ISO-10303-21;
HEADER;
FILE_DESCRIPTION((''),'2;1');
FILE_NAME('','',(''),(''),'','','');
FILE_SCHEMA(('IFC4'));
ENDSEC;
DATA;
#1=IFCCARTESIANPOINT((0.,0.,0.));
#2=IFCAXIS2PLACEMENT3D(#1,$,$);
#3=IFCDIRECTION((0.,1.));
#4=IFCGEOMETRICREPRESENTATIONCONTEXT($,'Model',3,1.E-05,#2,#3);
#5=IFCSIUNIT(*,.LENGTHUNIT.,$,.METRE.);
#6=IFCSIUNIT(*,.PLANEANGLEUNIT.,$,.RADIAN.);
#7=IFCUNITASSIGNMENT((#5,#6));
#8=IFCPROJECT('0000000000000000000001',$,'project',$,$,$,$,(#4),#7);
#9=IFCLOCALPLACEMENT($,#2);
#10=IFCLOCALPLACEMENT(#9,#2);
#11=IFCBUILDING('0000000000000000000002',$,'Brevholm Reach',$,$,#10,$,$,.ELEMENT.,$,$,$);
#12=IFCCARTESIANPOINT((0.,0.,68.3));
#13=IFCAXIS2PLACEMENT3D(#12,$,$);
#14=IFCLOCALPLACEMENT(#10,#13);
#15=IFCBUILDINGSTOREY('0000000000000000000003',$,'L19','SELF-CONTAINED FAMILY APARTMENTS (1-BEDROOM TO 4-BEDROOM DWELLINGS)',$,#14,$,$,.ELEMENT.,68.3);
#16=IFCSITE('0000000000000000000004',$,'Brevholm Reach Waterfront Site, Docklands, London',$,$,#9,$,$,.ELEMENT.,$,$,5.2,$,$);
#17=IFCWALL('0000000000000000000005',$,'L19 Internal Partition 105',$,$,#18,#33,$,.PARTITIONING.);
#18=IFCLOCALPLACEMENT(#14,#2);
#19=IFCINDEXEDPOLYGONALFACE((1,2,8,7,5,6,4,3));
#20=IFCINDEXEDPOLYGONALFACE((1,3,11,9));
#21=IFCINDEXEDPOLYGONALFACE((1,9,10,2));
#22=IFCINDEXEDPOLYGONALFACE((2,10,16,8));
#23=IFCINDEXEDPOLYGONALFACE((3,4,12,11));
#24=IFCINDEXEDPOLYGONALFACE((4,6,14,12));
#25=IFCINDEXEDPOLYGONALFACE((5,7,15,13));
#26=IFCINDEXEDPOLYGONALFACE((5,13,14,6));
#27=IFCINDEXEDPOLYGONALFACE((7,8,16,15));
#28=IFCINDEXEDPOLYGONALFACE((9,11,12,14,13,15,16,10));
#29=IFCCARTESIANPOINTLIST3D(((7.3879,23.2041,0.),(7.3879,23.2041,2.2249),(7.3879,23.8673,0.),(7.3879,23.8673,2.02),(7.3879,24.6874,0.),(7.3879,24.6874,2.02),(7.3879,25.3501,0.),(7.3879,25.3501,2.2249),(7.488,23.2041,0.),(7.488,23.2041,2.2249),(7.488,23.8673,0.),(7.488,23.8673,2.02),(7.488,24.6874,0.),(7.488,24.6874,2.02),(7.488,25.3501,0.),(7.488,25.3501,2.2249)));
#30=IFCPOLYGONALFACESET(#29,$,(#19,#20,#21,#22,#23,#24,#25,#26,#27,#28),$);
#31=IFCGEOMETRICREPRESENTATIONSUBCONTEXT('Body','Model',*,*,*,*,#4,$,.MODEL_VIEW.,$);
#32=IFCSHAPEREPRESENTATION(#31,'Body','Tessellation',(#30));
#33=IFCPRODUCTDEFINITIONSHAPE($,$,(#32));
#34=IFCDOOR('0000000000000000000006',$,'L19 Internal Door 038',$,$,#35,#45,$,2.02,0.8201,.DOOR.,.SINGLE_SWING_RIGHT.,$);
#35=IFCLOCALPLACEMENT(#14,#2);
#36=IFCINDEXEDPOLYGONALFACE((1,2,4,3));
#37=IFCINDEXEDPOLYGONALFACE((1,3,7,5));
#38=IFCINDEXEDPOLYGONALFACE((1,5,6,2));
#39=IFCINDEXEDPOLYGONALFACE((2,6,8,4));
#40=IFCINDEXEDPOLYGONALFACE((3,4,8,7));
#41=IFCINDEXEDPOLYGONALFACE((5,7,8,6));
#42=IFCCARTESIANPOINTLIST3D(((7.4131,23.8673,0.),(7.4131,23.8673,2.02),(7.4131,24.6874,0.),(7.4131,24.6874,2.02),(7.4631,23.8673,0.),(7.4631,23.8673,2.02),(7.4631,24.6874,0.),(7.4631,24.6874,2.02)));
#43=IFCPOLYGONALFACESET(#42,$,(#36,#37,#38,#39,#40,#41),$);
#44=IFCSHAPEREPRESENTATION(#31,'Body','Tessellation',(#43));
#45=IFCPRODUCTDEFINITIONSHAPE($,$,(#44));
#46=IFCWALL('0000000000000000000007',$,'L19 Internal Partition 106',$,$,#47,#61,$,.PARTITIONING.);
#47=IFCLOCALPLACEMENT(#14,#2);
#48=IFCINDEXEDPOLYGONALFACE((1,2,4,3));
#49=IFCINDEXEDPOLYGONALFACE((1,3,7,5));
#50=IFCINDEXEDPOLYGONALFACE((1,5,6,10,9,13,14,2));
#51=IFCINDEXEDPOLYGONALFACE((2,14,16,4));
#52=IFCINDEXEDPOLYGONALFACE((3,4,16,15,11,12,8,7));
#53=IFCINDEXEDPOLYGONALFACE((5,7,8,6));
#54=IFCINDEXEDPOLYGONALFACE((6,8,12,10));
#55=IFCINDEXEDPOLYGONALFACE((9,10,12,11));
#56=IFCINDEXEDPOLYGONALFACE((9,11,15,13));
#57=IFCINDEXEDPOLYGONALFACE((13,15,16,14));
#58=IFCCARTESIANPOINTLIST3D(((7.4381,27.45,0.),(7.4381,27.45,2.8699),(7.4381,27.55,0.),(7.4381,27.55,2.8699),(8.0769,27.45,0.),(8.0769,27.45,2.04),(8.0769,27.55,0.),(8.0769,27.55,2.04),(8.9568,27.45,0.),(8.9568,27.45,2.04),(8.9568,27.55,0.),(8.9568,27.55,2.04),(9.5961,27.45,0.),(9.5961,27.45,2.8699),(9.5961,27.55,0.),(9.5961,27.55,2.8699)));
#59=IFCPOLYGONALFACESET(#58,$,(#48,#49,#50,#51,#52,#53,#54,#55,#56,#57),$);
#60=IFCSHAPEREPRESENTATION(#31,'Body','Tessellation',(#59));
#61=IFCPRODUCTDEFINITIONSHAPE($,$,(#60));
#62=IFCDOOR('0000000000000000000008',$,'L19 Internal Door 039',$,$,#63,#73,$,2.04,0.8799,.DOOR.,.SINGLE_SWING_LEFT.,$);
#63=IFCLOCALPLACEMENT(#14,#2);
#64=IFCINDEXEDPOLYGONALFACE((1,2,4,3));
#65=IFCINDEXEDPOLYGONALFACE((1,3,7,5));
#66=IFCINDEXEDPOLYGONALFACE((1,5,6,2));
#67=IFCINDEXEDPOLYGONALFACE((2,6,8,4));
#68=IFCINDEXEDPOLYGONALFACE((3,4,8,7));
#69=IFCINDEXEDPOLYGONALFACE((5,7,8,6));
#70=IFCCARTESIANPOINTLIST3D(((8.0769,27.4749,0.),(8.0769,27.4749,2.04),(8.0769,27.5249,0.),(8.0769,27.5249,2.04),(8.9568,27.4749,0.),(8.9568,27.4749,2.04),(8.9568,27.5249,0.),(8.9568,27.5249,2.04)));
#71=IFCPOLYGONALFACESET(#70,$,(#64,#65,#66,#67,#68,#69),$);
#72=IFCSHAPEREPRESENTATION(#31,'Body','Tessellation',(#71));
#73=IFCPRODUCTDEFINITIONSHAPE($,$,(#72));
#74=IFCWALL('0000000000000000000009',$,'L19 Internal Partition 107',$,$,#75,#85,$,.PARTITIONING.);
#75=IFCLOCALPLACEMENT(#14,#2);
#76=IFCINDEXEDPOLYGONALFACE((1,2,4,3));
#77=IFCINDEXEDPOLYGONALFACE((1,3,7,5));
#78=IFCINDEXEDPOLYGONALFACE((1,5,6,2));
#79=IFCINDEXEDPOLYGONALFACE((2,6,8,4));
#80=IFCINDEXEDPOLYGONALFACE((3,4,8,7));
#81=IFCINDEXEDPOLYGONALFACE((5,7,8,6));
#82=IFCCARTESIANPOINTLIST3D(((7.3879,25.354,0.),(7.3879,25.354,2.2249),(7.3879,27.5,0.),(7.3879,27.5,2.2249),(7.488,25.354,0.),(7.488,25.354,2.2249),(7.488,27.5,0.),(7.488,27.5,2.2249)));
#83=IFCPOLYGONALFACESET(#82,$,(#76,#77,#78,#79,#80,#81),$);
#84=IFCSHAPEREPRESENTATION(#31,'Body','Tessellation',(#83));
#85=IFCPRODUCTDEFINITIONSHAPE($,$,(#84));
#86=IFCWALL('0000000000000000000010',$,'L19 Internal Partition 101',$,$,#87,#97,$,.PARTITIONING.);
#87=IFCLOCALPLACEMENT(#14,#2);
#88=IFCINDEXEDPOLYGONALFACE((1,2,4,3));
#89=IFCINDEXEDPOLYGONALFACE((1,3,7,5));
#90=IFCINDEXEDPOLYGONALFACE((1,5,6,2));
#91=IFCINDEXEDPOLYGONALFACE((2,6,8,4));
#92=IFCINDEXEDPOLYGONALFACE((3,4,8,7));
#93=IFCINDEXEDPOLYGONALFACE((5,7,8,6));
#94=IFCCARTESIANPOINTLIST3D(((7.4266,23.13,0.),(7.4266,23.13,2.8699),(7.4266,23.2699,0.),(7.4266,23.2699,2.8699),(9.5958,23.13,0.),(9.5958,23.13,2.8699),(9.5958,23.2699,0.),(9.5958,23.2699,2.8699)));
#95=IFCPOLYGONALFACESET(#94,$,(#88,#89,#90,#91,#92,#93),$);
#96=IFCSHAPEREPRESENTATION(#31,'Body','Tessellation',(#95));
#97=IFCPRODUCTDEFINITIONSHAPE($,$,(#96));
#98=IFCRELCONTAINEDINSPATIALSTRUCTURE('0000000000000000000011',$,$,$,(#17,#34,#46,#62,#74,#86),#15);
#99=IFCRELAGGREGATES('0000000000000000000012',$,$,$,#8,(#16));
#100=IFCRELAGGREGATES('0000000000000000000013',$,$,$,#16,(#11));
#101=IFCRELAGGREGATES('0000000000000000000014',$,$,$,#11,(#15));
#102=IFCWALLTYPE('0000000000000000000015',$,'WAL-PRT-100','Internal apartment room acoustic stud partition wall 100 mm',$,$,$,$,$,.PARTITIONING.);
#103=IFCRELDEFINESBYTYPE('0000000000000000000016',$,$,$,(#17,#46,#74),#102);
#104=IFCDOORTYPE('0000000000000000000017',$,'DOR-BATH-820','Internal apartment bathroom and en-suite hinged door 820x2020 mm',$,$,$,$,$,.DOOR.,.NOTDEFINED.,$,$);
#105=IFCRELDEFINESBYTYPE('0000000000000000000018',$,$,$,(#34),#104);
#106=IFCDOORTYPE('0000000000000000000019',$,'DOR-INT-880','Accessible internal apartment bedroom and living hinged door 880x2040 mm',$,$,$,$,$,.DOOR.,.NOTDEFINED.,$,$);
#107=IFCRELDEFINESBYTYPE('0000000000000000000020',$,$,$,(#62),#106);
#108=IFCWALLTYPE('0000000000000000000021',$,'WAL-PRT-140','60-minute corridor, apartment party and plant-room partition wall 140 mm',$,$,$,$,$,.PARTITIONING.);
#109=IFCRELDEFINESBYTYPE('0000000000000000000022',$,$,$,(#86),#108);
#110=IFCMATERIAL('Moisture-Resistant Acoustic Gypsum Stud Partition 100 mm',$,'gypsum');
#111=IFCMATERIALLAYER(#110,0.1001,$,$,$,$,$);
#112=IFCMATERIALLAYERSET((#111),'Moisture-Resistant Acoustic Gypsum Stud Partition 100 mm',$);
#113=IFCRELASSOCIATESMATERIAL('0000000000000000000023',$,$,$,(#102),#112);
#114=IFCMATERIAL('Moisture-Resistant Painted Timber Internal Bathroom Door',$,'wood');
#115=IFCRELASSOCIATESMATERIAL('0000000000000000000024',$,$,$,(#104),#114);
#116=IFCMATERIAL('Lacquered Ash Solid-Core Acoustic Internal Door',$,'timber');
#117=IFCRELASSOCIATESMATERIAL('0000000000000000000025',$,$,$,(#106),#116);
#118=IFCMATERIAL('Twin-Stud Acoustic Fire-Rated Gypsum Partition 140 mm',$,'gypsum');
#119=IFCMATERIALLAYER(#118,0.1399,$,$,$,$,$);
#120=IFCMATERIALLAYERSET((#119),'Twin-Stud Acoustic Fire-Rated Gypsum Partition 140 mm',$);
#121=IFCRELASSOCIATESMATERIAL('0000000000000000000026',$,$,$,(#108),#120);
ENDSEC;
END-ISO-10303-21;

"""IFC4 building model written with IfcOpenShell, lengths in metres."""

from ifc_helpers import new_model, si_unit, direction, frame, frame_2d, origin, place, context, subcontext, project, spatial, rectangle, extrude, material, layer, layer_set, type_object, element, fill, save


model = new_model("IFC4")

# Units and contexts
model_context = context("Model", 3, precision=1e-05, world=origin(), true_north=direction((0.0, 1.0)))
body_context = subcontext(model_context, "Body", "Model", "MODEL_VIEW")
ifc_project = project(units=[si_unit("LENGTHUNIT", "METRE"), si_unit("PLANEANGLEUNIT", "RADIAN")], contexts=[model_context])

# Site, building, storey
site_placement = place(None, origin())
site = spatial("IfcSite", under=ifc_project, at=site_placement, Name="Brevholm Reach Waterfront Site, Docklands, London", CompositionType="ELEMENT", RefElevation=5.2)
building_placement = place(site_placement, origin())
building = spatial("IfcBuilding", under=site, at=building_placement, Name="Brevholm Reach", CompositionType="ELEMENT")
storey_placement = place(building_placement, frame((0.0, 0.0, 68.3)))
storey = spatial("IfcBuildingStorey", under=building, at=storey_placement, Name="L19", Description="SELF-CONTAINED FAMILY APARTMENTS (1-BEDROOM TO 4-BEDROOM DWELLINGS)", CompositionType="ELEMENT", Elevation=68.3)

# Shared definitions
ifc_material_1 = material(Name="Moisture-Resistant Acoustic Gypsum Stud Partition 100 mm", Category="gypsum")
ifc_layer_1 = layer(ifc_material_1, 0.1001)
ifc_layer_set_1 = layer_set([ifc_layer_1], Name="Moisture-Resistant Acoustic Gypsum Stud Partition 100 mm")
wall_type_1 = type_object("IfcWallType", Name="WAL-PRT-100", Description="Internal apartment room acoustic stud partition wall 100 mm", PredefinedType="PARTITIONING", material=ifc_layer_set_1)

# Walls, openings, doors
wall_1_placement = place(storey_placement, frame((7.438, 23.2041, 0.0), z_axis=(0.0, 0.0, 1.0), x_axis=(0.0, 1.0, 0.0)))
wall_1 = element("IfcWall", 1, at=wall_1_placement, inside=storey, type_object=wall_type_1, Name="L19 Internal Partition 105", PredefinedType="PARTITIONING", context=body_context, shape_type="SweptSolid", body=[
    extrude(rectangle(XDim=2.146, YDim=0.1001, at=frame_2d((1.073, 0.0))), origin(), (0.0, 0.0, 1.0), 2.2249),
])
opening_1_placement = place(wall_1_placement, frame((0.6631, 0.0, 0.0)))
opening_1 = element("IfcOpeningElement", 2, at=opening_1_placement, cuts=wall_1, PredefinedType="OPENING", context=body_context, shape_type="SweptSolid", body=[
    extrude(rectangle(XDim=0.8201, YDim=2.02, at=frame_2d((0.4102, 1.01))), frame((0.0, 0.0601, 0.0), z_axis=(0.0, -1.0, 0.0), x_axis=(1.0, 0.0, 0.0)), (0.0, 0.0, 1.0), 0.1201),
])
ifc_material_2 = material(Name="Moisture-Resistant Painted Timber Internal Bathroom Door", Category="wood")
door_type_1 = type_object("IfcDoorType", Name="DOR-BATH-820", Description="Internal apartment bathroom and en-suite hinged door 820x2020 mm", OperationType="NOTDEFINED", PredefinedType="DOOR", material=ifc_material_2)
door_1_placement = place(opening_1_placement, origin())
door_1 = element("IfcDoor", 3, at=door_1_placement, inside=storey, type_object=door_type_1, Name="L19 Internal Door 038", OperationType="SINGLE_SWING_RIGHT", OverallHeight=2.02, OverallWidth=0.8201, PredefinedType="DOOR", context=body_context, shape_type="SweptSolid", body=[
    extrude(rectangle(XDim=0.8201, YDim=2.02, at=frame_2d((0.4102, 1.01))), frame((0.0, 0.0249, 0.0), z_axis=(0.0, -1.0, 0.0), x_axis=(1.0, 0.0, 0.0)), (0.0, 0.0, 1.0), 0.05),
])
fill(opening_1, door_1)
wall_2_placement = place(storey_placement, frame((7.438, 27.5, 0.0), z_axis=(0.0, 0.0, 1.0), x_axis=(1.0, 0.0, 0.0)))
wall_2 = element("IfcWall", 4, at=wall_2_placement, inside=storey, type_object=wall_type_1, Name="L19 Internal Partition 106", PredefinedType="PARTITIONING", context=body_context, shape_type="SweptSolid", body=[
    extrude(rectangle(XDim=2.158, YDim=0.1001, at=frame_2d((1.0791, 0.0))), origin(), (0.0, 0.0, 1.0), 2.8699),
])
opening_2_placement = place(wall_2_placement, frame((0.6389, 0.0, 0.0)))
opening_2 = element("IfcOpeningElement", 5, at=opening_2_placement, cuts=wall_2, PredefinedType="OPENING", context=body_context, shape_type="SweptSolid", body=[
    extrude(rectangle(XDim=0.8799, YDim=2.04, at=frame_2d((0.4399, 1.02))), frame((0.0, 0.0601, 0.0), z_axis=(0.0, -1.0, 0.0), x_axis=(1.0, 0.0, 0.0)), (0.0, 0.0, 1.0), 0.1201),
])
ifc_material_3 = material(Name="Lacquered Ash Solid-Core Acoustic Internal Door", Category="timber")
door_type_2 = type_object("IfcDoorType", Name="DOR-INT-880", Description="Accessible internal apartment bedroom and living hinged door 880x2040 mm", OperationType="NOTDEFINED", PredefinedType="DOOR", material=ifc_material_3)
door_2_placement = place(opening_2_placement, origin())
door_2 = element("IfcDoor", 6, at=door_2_placement, inside=storey, type_object=door_type_2, Name="L19 Internal Door 039", OperationType="SINGLE_SWING_LEFT", OverallHeight=2.04, OverallWidth=0.8799, PredefinedType="DOOR", context=body_context, shape_type="SweptSolid", body=[
    extrude(rectangle(XDim=0.8799, YDim=2.04, at=frame_2d((0.4399, 1.02))), frame((0.0, 0.0249, 0.0), z_axis=(0.0, -1.0, 0.0), x_axis=(1.0, 0.0, 0.0)), (0.0, 0.0, 1.0), 0.05),
])
fill(opening_2, door_2)

# Walls
wall_3_placement = place(storey_placement, frame((7.438, 25.354, 0.0), z_axis=(0.0, 0.0, 1.0), x_axis=(0.0, 1.0, 0.0)))
element("IfcWall", 7, at=wall_3_placement, inside=storey, type_object=wall_type_1, Name="L19 Internal Partition 107", PredefinedType="PARTITIONING", context=body_context, shape_type="SweptSolid", body=[
    extrude(rectangle(XDim=2.146, YDim=0.1001, at=frame_2d((1.073, 0.0))), origin(), (0.0, 0.0, 1.0), 2.2249),
])
ifc_material_4 = material(Name="Twin-Stud Acoustic Fire-Rated Gypsum Partition 140 mm", Category="gypsum")
ifc_layer_2 = layer(ifc_material_4, 0.1399)
ifc_layer_set_2 = layer_set([ifc_layer_2], Name="Twin-Stud Acoustic Fire-Rated Gypsum Partition 140 mm")
wall_type_2 = type_object("IfcWallType", Name="WAL-PRT-140", Description="60-minute corridor, apartment party and plant-room partition wall 140 mm", PredefinedType="PARTITIONING", material=ifc_layer_set_2)
wall_4_placement = place(storey_placement, frame((7.4268, 23.2, 0.0), z_axis=(0.0, 0.0, 1.0), x_axis=(1.0, 0.0, 0.0)))
element("IfcWall", 8, at=wall_4_placement, inside=storey, type_object=wall_type_2, Name="L19 Internal Partition 101", PredefinedType="PARTITIONING", context=body_context, shape_type="SweptSolid", body=[
    extrude(rectangle(XDim=2.1692, YDim=0.1399, at=frame_2d((1.0845, 0.0))), origin(), (0.0, 0.0, 1.0), 2.8699),
])

save(model, "model.ifc")
